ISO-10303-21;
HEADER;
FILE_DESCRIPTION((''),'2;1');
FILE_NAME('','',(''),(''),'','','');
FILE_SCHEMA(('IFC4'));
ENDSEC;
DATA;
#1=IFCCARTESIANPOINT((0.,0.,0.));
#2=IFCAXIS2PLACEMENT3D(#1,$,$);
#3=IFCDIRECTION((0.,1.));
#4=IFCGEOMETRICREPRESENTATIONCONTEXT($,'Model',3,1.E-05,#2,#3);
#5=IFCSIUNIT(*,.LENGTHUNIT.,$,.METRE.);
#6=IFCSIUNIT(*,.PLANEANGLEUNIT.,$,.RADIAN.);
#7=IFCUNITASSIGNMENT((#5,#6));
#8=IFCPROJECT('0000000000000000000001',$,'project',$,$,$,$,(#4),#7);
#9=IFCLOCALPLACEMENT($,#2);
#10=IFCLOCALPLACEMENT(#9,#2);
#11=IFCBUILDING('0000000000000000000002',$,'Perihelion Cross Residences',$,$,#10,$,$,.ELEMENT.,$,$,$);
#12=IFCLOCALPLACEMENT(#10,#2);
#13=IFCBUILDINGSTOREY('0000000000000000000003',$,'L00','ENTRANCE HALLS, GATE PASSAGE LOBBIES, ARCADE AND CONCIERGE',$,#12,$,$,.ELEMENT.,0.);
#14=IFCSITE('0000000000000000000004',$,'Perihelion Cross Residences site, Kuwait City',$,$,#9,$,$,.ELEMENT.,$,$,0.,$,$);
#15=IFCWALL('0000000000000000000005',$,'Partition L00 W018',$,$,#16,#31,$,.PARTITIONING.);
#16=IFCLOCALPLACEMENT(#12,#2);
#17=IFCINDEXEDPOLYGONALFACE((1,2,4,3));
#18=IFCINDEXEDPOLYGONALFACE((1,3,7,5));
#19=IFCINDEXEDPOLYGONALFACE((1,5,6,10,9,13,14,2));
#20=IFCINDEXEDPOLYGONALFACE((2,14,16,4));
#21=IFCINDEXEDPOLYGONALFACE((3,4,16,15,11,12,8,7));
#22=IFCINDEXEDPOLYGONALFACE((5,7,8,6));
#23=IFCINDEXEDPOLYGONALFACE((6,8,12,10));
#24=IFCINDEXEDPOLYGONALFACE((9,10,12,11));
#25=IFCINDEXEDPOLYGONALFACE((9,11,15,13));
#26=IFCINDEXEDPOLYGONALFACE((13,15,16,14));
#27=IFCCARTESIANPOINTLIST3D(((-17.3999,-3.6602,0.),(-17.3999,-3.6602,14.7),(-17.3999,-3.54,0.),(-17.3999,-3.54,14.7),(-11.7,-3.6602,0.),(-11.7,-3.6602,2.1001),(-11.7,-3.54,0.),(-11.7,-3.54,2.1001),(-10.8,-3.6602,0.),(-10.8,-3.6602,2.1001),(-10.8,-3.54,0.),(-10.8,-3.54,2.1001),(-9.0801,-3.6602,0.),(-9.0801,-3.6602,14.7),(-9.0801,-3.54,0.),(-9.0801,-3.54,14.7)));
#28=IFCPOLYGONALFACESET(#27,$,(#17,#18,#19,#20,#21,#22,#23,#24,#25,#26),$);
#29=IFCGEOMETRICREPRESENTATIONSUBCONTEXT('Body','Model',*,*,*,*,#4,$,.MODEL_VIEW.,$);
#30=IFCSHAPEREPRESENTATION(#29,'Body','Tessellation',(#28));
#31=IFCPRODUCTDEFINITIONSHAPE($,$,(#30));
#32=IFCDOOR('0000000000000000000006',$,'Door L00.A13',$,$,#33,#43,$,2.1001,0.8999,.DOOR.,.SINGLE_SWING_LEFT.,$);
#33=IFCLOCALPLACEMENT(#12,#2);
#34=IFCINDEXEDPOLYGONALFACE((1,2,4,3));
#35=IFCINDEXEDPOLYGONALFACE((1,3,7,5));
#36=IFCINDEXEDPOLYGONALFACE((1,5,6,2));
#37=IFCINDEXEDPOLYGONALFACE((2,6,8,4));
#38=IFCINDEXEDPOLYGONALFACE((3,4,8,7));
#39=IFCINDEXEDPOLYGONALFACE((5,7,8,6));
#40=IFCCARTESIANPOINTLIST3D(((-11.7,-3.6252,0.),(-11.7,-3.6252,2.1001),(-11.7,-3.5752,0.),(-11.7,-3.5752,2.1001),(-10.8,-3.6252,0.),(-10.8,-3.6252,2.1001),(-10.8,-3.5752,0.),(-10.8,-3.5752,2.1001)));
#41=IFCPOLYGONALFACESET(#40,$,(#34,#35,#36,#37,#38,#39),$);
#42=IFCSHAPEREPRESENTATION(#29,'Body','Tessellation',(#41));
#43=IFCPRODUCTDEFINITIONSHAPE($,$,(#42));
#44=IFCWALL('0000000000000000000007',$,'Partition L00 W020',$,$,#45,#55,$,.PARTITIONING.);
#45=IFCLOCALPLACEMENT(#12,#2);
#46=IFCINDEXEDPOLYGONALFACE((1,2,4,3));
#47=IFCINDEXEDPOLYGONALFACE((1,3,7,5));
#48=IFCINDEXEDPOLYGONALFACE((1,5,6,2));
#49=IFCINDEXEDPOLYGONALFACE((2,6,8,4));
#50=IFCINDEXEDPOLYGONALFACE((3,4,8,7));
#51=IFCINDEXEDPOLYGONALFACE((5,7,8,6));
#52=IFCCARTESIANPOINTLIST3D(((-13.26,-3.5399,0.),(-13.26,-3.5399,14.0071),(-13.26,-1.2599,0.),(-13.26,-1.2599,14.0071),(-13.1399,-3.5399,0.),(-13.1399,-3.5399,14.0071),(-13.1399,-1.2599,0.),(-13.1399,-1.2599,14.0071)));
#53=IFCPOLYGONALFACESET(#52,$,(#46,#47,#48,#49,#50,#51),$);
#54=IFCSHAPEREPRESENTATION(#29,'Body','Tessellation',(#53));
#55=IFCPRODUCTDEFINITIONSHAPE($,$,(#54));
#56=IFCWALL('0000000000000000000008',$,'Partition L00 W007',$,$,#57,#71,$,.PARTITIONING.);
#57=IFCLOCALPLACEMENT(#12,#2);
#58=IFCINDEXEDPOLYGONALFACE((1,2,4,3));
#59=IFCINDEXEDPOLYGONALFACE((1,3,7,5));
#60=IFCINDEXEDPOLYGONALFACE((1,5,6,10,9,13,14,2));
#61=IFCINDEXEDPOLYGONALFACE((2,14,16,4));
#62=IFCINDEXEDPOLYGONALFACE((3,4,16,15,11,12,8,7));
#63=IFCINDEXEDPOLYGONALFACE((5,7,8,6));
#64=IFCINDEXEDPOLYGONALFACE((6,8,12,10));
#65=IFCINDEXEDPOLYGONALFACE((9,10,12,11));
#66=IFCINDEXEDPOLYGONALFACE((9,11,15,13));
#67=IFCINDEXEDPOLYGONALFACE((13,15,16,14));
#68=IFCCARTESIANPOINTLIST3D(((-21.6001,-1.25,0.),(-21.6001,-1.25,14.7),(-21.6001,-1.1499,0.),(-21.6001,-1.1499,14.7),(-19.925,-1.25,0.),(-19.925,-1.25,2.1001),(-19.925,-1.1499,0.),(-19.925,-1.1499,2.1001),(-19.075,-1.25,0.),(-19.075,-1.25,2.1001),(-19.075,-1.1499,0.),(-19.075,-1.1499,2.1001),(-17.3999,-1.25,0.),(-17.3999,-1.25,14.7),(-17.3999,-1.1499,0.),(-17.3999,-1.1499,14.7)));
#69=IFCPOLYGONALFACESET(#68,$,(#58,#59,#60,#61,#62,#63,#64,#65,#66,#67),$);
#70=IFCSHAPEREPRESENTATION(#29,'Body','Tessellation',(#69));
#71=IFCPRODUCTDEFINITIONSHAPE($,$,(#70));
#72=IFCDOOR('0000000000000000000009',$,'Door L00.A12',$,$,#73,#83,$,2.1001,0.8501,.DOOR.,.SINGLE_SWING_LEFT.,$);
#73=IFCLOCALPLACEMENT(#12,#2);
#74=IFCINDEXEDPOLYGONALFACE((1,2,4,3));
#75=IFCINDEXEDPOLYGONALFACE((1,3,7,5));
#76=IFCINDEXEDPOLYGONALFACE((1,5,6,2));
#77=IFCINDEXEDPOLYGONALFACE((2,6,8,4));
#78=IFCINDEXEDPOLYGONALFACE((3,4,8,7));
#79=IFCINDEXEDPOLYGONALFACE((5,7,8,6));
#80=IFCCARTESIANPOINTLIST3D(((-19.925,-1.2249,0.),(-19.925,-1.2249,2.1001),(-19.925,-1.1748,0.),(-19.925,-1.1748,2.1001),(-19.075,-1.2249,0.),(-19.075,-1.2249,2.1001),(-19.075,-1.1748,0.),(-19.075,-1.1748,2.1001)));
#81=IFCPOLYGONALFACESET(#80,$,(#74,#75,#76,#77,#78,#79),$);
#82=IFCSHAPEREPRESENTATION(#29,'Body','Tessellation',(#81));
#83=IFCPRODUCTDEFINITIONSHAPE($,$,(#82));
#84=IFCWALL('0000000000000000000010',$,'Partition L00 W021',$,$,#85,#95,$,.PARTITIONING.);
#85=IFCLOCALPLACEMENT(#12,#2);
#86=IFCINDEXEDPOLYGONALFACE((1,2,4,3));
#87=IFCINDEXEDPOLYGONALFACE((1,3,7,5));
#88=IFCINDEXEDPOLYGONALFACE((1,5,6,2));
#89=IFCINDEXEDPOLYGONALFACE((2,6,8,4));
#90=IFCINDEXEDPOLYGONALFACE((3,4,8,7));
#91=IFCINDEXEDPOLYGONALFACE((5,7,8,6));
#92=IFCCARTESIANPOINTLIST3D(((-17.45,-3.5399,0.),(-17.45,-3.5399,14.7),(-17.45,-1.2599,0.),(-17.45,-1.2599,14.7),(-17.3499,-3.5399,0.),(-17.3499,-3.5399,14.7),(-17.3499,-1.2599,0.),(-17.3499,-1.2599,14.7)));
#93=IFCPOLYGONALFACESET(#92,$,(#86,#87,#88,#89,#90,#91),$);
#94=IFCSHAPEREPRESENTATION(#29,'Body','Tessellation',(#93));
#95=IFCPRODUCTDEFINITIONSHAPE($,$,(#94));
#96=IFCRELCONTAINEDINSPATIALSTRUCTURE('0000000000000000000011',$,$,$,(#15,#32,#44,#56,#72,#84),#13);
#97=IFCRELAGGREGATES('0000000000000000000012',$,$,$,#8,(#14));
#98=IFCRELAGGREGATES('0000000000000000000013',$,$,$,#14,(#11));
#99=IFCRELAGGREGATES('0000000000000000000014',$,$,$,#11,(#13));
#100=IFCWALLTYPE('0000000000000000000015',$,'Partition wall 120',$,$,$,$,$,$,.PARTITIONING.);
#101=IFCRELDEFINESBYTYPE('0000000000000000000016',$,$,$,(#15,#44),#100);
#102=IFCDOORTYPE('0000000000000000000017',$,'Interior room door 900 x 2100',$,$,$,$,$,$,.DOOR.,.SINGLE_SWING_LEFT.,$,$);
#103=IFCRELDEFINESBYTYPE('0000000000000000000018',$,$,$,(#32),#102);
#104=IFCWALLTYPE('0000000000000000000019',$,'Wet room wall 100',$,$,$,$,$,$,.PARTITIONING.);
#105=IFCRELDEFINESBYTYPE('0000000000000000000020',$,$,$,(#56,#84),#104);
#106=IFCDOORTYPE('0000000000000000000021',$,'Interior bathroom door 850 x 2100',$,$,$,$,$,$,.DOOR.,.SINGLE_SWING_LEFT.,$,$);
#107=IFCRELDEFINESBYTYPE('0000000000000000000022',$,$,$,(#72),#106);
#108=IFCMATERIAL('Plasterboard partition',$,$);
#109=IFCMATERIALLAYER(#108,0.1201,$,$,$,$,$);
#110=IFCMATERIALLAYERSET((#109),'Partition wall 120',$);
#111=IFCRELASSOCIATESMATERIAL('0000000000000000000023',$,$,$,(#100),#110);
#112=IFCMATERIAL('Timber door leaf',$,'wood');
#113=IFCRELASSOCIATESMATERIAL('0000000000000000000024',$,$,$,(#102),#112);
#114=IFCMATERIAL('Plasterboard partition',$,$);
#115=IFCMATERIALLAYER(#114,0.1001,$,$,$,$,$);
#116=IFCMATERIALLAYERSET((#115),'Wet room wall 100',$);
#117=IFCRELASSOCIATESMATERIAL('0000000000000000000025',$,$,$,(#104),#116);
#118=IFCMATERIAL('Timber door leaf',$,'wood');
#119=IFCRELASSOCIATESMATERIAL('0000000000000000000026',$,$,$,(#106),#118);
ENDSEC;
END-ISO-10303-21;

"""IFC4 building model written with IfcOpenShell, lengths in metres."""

from ifc_helpers import new_model, si_unit, direction, frame, frame_2d, origin, place, context, subcontext, project, spatial, rectangle, extrude, material, layer, layer_set, type_object, element, fill, save


model = new_model("IFC4")

# Units and contexts
model_context = context("Model", 3, precision=1e-05, world=origin(), true_north=direction((0.0, 1.0)))
body_context = subcontext(model_context, "Body", "Model", "MODEL_VIEW")
ifc_project = project(units=[si_unit("LENGTHUNIT", "METRE"), si_unit("PLANEANGLEUNIT", "RADIAN")], contexts=[model_context])

# Site, building, storey
site_placement = place(None, origin())
site = spatial("IfcSite", under=ifc_project, at=site_placement, Name="Perihelion Cross Residences site, Kuwait City", CompositionType="ELEMENT", RefElevation=0.0)
building_placement = place(site_placement, origin())
building = spatial("IfcBuilding", under=site, at=building_placement, Name="Perihelion Cross Residences", CompositionType="ELEMENT")
storey_placement = place(building_placement, origin())
storey = spatial("IfcBuildingStorey", under=building, at=storey_placement, Name="L00", Description="ENTRANCE HALLS, GATE PASSAGE LOBBIES, ARCADE AND CONCIERGE", CompositionType="ELEMENT", Elevation=0.0)

# Shared definitions
ifc_material_1 = material(Name="Plasterboard partition")
ifc_layer_1 = layer(ifc_material_1, 0.1201)
ifc_layer_set_1 = layer_set([ifc_layer_1], Name="Partition wall 120")
wall_type_1 = type_object("IfcWallType", Name="Partition wall 120", PredefinedType="PARTITIONING", material=ifc_layer_set_1)
ifc_material_2 = material(Name="Timber door leaf", Category="wood")
door_type_1 = type_object("IfcDoorType", Name="Interior room door 900 x 2100", OperationType="SINGLE_SWING_LEFT", PredefinedType="DOOR", material=ifc_material_2)

# Wall, opening, door
wall_1_placement = place(storey_placement, frame((-17.3999, -3.6001, 0.0), z_axis=(0.0, 0.0, 1.0), x_axis=(1.0, 0.0, 0.0)))
wall_1 = element("IfcWall", 1, at=wall_1_placement, inside=storey, type_object=wall_type_1, Name="Partition L00 W018", PredefinedType="PARTITIONING", context=body_context, shape_type="SweptSolid", body=[
    extrude(rectangle(XDim=8.3198, YDim=0.1201, at=frame_2d((4.1599, 0.0))), origin(), (0.0, 0.0, 1.0), 14.7),
])
opening_1_placement = place(wall_1_placement, frame((5.7, 0.0, 0.0)))
opening_1 = element("IfcOpeningElement", 2, at=opening_1_placement, cuts=wall_1, PredefinedType="OPENING", context=body_context, shape_type="SweptSolid", body=[
    extrude(rectangle(XDim=0.8999, YDim=2.1001, at=frame_2d((0.45, 1.05))), frame((0.0, 0.0701, 0.0), z_axis=(0.0, -1.0, 0.0), x_axis=(1.0, 0.0, 0.0)), (0.0, 0.0, 1.0), 0.1401),
])
door_1_placement = place(opening_1_placement, origin())
door_1 = element("IfcDoor", 3, at=door_1_placement, inside=storey, type_object=door_type_1, Name="Door L00.A13", OperationType="SINGLE_SWING_LEFT", OverallHeight=2.1001, OverallWidth=0.8999, PredefinedType="DOOR", context=body_context, shape_type="SweptSolid", body=[
    extrude(rectangle(XDim=0.8999, YDim=2.1001, at=frame_2d((0.45, 1.05))), frame((0.0, 0.0249, 0.0), z_axis=(0.0, -1.0, 0.0), x_axis=(1.0, 0.0, 0.0)), (0.0, 0.0, 1.0), 0.05),
])
fill(opening_1, door_1)

# Wall
wall_2_placement = place(storey_placement, frame((-13.2, -3.54, 0.0), z_axis=(0.0, 0.0, 1.0), x_axis=(0.0, 1.0, 0.0)))
element("IfcWall", 4, at=wall_2_placement, inside=storey, type_object=wall_type_1, Name="Partition L00 W020", PredefinedType="PARTITIONING", context=body_context, shape_type="SweptSolid", body=[
    extrude(rectangle(XDim=2.28, YDim=0.1201, at=frame_2d((1.1401, 0.0))), origin(), (0.0, 0.0, 1.0), 14.0071),
])

# Wall, opening, door
ifc_material_3 = material(Name="Plasterboard partition")
ifc_layer_2 = layer(ifc_material_3, 0.1001)
ifc_layer_set_2 = layer_set([ifc_layer_2], Name="Wet room wall 100")
wall_type_2 = type_object("IfcWallType", Name="Wet room wall 100", PredefinedType="PARTITIONING", material=ifc_layer_set_2)
wall_3_placement = place(storey_placement, frame((-17.3999, -1.2, 0.0), z_axis=(0.0, 0.0, 1.0), x_axis=(-1.0, 0.0, 0.0)))
wall_3 = element("IfcWall", 5, at=wall_3_placement, inside=storey, type_object=wall_type_2, Name="Partition L00 W007", PredefinedType="PARTITIONING", context=body_context, shape_type="SweptSolid", body=[
    extrude(rectangle(XDim=4.2002, YDim=0.1001, at=frame_2d((2.1001, 0.0))), origin(), (0.0, 0.0, 1.0), 14.7),
])
opening_2_placement = place(wall_3_placement, frame((1.675, 0.0, 0.0)))
opening_2 = element("IfcOpeningElement", 6, at=opening_2_placement, cuts=wall_3, PredefinedType="OPENING", context=body_context, shape_type="SweptSolid", body=[
    extrude(rectangle(XDim=0.8501, YDim=2.1001, at=frame_2d((0.425, 1.05))), frame((0.0, 0.0601, 0.0), z_axis=(0.0, -1.0, 0.0), x_axis=(1.0, 0.0, 0.0)), (0.0, 0.0, 1.0), 0.1201),
])
ifc_material_4 = material(Name="Timber door leaf", Category="wood")
door_type_2 = type_object("IfcDoorType", Name="Interior bathroom door 850 x 2100", OperationType="SINGLE_SWING_LEFT", PredefinedType="DOOR", material=ifc_material_4)
door_2_placement = place(opening_2_placement, origin())
door_2 = element("IfcDoor", 7, at=door_2_placement, inside=storey, type_object=door_type_2, Name="Door L00.A12", OperationType="SINGLE_SWING_LEFT", OverallHeight=2.1001, OverallWidth=0.8501, PredefinedType="DOOR", context=body_context, shape_type="SweptSolid", body=[
    extrude(rectangle(XDim=0.8501, YDim=2.1001, at=frame_2d((0.425, 1.05))), frame((0.0, 0.0249, 0.0), z_axis=(0.0, -1.0, 0.0), x_axis=(1.0, 0.0, 0.0)), (0.0, 0.0, 1.0), 0.05),
])
fill(opening_2, door_2)

# Wall
wall_4_placement = place(storey_placement, frame((-17.3999, -3.54, 0.0), z_axis=(0.0, 0.0, 1.0), x_axis=(0.0, 1.0, 0.0)))
element("IfcWall", 8, at=wall_4_placement, inside=storey, type_object=wall_type_2, Name="Partition L00 W021", PredefinedType="PARTITIONING", context=body_context, shape_type="SweptSolid", body=[
    extrude(rectangle(XDim=2.28, YDim=0.1001, at=frame_2d((1.1401, 0.0))), origin(), (0.0, 0.0, 1.0), 14.7),
])

save(model, "model.ifc")
